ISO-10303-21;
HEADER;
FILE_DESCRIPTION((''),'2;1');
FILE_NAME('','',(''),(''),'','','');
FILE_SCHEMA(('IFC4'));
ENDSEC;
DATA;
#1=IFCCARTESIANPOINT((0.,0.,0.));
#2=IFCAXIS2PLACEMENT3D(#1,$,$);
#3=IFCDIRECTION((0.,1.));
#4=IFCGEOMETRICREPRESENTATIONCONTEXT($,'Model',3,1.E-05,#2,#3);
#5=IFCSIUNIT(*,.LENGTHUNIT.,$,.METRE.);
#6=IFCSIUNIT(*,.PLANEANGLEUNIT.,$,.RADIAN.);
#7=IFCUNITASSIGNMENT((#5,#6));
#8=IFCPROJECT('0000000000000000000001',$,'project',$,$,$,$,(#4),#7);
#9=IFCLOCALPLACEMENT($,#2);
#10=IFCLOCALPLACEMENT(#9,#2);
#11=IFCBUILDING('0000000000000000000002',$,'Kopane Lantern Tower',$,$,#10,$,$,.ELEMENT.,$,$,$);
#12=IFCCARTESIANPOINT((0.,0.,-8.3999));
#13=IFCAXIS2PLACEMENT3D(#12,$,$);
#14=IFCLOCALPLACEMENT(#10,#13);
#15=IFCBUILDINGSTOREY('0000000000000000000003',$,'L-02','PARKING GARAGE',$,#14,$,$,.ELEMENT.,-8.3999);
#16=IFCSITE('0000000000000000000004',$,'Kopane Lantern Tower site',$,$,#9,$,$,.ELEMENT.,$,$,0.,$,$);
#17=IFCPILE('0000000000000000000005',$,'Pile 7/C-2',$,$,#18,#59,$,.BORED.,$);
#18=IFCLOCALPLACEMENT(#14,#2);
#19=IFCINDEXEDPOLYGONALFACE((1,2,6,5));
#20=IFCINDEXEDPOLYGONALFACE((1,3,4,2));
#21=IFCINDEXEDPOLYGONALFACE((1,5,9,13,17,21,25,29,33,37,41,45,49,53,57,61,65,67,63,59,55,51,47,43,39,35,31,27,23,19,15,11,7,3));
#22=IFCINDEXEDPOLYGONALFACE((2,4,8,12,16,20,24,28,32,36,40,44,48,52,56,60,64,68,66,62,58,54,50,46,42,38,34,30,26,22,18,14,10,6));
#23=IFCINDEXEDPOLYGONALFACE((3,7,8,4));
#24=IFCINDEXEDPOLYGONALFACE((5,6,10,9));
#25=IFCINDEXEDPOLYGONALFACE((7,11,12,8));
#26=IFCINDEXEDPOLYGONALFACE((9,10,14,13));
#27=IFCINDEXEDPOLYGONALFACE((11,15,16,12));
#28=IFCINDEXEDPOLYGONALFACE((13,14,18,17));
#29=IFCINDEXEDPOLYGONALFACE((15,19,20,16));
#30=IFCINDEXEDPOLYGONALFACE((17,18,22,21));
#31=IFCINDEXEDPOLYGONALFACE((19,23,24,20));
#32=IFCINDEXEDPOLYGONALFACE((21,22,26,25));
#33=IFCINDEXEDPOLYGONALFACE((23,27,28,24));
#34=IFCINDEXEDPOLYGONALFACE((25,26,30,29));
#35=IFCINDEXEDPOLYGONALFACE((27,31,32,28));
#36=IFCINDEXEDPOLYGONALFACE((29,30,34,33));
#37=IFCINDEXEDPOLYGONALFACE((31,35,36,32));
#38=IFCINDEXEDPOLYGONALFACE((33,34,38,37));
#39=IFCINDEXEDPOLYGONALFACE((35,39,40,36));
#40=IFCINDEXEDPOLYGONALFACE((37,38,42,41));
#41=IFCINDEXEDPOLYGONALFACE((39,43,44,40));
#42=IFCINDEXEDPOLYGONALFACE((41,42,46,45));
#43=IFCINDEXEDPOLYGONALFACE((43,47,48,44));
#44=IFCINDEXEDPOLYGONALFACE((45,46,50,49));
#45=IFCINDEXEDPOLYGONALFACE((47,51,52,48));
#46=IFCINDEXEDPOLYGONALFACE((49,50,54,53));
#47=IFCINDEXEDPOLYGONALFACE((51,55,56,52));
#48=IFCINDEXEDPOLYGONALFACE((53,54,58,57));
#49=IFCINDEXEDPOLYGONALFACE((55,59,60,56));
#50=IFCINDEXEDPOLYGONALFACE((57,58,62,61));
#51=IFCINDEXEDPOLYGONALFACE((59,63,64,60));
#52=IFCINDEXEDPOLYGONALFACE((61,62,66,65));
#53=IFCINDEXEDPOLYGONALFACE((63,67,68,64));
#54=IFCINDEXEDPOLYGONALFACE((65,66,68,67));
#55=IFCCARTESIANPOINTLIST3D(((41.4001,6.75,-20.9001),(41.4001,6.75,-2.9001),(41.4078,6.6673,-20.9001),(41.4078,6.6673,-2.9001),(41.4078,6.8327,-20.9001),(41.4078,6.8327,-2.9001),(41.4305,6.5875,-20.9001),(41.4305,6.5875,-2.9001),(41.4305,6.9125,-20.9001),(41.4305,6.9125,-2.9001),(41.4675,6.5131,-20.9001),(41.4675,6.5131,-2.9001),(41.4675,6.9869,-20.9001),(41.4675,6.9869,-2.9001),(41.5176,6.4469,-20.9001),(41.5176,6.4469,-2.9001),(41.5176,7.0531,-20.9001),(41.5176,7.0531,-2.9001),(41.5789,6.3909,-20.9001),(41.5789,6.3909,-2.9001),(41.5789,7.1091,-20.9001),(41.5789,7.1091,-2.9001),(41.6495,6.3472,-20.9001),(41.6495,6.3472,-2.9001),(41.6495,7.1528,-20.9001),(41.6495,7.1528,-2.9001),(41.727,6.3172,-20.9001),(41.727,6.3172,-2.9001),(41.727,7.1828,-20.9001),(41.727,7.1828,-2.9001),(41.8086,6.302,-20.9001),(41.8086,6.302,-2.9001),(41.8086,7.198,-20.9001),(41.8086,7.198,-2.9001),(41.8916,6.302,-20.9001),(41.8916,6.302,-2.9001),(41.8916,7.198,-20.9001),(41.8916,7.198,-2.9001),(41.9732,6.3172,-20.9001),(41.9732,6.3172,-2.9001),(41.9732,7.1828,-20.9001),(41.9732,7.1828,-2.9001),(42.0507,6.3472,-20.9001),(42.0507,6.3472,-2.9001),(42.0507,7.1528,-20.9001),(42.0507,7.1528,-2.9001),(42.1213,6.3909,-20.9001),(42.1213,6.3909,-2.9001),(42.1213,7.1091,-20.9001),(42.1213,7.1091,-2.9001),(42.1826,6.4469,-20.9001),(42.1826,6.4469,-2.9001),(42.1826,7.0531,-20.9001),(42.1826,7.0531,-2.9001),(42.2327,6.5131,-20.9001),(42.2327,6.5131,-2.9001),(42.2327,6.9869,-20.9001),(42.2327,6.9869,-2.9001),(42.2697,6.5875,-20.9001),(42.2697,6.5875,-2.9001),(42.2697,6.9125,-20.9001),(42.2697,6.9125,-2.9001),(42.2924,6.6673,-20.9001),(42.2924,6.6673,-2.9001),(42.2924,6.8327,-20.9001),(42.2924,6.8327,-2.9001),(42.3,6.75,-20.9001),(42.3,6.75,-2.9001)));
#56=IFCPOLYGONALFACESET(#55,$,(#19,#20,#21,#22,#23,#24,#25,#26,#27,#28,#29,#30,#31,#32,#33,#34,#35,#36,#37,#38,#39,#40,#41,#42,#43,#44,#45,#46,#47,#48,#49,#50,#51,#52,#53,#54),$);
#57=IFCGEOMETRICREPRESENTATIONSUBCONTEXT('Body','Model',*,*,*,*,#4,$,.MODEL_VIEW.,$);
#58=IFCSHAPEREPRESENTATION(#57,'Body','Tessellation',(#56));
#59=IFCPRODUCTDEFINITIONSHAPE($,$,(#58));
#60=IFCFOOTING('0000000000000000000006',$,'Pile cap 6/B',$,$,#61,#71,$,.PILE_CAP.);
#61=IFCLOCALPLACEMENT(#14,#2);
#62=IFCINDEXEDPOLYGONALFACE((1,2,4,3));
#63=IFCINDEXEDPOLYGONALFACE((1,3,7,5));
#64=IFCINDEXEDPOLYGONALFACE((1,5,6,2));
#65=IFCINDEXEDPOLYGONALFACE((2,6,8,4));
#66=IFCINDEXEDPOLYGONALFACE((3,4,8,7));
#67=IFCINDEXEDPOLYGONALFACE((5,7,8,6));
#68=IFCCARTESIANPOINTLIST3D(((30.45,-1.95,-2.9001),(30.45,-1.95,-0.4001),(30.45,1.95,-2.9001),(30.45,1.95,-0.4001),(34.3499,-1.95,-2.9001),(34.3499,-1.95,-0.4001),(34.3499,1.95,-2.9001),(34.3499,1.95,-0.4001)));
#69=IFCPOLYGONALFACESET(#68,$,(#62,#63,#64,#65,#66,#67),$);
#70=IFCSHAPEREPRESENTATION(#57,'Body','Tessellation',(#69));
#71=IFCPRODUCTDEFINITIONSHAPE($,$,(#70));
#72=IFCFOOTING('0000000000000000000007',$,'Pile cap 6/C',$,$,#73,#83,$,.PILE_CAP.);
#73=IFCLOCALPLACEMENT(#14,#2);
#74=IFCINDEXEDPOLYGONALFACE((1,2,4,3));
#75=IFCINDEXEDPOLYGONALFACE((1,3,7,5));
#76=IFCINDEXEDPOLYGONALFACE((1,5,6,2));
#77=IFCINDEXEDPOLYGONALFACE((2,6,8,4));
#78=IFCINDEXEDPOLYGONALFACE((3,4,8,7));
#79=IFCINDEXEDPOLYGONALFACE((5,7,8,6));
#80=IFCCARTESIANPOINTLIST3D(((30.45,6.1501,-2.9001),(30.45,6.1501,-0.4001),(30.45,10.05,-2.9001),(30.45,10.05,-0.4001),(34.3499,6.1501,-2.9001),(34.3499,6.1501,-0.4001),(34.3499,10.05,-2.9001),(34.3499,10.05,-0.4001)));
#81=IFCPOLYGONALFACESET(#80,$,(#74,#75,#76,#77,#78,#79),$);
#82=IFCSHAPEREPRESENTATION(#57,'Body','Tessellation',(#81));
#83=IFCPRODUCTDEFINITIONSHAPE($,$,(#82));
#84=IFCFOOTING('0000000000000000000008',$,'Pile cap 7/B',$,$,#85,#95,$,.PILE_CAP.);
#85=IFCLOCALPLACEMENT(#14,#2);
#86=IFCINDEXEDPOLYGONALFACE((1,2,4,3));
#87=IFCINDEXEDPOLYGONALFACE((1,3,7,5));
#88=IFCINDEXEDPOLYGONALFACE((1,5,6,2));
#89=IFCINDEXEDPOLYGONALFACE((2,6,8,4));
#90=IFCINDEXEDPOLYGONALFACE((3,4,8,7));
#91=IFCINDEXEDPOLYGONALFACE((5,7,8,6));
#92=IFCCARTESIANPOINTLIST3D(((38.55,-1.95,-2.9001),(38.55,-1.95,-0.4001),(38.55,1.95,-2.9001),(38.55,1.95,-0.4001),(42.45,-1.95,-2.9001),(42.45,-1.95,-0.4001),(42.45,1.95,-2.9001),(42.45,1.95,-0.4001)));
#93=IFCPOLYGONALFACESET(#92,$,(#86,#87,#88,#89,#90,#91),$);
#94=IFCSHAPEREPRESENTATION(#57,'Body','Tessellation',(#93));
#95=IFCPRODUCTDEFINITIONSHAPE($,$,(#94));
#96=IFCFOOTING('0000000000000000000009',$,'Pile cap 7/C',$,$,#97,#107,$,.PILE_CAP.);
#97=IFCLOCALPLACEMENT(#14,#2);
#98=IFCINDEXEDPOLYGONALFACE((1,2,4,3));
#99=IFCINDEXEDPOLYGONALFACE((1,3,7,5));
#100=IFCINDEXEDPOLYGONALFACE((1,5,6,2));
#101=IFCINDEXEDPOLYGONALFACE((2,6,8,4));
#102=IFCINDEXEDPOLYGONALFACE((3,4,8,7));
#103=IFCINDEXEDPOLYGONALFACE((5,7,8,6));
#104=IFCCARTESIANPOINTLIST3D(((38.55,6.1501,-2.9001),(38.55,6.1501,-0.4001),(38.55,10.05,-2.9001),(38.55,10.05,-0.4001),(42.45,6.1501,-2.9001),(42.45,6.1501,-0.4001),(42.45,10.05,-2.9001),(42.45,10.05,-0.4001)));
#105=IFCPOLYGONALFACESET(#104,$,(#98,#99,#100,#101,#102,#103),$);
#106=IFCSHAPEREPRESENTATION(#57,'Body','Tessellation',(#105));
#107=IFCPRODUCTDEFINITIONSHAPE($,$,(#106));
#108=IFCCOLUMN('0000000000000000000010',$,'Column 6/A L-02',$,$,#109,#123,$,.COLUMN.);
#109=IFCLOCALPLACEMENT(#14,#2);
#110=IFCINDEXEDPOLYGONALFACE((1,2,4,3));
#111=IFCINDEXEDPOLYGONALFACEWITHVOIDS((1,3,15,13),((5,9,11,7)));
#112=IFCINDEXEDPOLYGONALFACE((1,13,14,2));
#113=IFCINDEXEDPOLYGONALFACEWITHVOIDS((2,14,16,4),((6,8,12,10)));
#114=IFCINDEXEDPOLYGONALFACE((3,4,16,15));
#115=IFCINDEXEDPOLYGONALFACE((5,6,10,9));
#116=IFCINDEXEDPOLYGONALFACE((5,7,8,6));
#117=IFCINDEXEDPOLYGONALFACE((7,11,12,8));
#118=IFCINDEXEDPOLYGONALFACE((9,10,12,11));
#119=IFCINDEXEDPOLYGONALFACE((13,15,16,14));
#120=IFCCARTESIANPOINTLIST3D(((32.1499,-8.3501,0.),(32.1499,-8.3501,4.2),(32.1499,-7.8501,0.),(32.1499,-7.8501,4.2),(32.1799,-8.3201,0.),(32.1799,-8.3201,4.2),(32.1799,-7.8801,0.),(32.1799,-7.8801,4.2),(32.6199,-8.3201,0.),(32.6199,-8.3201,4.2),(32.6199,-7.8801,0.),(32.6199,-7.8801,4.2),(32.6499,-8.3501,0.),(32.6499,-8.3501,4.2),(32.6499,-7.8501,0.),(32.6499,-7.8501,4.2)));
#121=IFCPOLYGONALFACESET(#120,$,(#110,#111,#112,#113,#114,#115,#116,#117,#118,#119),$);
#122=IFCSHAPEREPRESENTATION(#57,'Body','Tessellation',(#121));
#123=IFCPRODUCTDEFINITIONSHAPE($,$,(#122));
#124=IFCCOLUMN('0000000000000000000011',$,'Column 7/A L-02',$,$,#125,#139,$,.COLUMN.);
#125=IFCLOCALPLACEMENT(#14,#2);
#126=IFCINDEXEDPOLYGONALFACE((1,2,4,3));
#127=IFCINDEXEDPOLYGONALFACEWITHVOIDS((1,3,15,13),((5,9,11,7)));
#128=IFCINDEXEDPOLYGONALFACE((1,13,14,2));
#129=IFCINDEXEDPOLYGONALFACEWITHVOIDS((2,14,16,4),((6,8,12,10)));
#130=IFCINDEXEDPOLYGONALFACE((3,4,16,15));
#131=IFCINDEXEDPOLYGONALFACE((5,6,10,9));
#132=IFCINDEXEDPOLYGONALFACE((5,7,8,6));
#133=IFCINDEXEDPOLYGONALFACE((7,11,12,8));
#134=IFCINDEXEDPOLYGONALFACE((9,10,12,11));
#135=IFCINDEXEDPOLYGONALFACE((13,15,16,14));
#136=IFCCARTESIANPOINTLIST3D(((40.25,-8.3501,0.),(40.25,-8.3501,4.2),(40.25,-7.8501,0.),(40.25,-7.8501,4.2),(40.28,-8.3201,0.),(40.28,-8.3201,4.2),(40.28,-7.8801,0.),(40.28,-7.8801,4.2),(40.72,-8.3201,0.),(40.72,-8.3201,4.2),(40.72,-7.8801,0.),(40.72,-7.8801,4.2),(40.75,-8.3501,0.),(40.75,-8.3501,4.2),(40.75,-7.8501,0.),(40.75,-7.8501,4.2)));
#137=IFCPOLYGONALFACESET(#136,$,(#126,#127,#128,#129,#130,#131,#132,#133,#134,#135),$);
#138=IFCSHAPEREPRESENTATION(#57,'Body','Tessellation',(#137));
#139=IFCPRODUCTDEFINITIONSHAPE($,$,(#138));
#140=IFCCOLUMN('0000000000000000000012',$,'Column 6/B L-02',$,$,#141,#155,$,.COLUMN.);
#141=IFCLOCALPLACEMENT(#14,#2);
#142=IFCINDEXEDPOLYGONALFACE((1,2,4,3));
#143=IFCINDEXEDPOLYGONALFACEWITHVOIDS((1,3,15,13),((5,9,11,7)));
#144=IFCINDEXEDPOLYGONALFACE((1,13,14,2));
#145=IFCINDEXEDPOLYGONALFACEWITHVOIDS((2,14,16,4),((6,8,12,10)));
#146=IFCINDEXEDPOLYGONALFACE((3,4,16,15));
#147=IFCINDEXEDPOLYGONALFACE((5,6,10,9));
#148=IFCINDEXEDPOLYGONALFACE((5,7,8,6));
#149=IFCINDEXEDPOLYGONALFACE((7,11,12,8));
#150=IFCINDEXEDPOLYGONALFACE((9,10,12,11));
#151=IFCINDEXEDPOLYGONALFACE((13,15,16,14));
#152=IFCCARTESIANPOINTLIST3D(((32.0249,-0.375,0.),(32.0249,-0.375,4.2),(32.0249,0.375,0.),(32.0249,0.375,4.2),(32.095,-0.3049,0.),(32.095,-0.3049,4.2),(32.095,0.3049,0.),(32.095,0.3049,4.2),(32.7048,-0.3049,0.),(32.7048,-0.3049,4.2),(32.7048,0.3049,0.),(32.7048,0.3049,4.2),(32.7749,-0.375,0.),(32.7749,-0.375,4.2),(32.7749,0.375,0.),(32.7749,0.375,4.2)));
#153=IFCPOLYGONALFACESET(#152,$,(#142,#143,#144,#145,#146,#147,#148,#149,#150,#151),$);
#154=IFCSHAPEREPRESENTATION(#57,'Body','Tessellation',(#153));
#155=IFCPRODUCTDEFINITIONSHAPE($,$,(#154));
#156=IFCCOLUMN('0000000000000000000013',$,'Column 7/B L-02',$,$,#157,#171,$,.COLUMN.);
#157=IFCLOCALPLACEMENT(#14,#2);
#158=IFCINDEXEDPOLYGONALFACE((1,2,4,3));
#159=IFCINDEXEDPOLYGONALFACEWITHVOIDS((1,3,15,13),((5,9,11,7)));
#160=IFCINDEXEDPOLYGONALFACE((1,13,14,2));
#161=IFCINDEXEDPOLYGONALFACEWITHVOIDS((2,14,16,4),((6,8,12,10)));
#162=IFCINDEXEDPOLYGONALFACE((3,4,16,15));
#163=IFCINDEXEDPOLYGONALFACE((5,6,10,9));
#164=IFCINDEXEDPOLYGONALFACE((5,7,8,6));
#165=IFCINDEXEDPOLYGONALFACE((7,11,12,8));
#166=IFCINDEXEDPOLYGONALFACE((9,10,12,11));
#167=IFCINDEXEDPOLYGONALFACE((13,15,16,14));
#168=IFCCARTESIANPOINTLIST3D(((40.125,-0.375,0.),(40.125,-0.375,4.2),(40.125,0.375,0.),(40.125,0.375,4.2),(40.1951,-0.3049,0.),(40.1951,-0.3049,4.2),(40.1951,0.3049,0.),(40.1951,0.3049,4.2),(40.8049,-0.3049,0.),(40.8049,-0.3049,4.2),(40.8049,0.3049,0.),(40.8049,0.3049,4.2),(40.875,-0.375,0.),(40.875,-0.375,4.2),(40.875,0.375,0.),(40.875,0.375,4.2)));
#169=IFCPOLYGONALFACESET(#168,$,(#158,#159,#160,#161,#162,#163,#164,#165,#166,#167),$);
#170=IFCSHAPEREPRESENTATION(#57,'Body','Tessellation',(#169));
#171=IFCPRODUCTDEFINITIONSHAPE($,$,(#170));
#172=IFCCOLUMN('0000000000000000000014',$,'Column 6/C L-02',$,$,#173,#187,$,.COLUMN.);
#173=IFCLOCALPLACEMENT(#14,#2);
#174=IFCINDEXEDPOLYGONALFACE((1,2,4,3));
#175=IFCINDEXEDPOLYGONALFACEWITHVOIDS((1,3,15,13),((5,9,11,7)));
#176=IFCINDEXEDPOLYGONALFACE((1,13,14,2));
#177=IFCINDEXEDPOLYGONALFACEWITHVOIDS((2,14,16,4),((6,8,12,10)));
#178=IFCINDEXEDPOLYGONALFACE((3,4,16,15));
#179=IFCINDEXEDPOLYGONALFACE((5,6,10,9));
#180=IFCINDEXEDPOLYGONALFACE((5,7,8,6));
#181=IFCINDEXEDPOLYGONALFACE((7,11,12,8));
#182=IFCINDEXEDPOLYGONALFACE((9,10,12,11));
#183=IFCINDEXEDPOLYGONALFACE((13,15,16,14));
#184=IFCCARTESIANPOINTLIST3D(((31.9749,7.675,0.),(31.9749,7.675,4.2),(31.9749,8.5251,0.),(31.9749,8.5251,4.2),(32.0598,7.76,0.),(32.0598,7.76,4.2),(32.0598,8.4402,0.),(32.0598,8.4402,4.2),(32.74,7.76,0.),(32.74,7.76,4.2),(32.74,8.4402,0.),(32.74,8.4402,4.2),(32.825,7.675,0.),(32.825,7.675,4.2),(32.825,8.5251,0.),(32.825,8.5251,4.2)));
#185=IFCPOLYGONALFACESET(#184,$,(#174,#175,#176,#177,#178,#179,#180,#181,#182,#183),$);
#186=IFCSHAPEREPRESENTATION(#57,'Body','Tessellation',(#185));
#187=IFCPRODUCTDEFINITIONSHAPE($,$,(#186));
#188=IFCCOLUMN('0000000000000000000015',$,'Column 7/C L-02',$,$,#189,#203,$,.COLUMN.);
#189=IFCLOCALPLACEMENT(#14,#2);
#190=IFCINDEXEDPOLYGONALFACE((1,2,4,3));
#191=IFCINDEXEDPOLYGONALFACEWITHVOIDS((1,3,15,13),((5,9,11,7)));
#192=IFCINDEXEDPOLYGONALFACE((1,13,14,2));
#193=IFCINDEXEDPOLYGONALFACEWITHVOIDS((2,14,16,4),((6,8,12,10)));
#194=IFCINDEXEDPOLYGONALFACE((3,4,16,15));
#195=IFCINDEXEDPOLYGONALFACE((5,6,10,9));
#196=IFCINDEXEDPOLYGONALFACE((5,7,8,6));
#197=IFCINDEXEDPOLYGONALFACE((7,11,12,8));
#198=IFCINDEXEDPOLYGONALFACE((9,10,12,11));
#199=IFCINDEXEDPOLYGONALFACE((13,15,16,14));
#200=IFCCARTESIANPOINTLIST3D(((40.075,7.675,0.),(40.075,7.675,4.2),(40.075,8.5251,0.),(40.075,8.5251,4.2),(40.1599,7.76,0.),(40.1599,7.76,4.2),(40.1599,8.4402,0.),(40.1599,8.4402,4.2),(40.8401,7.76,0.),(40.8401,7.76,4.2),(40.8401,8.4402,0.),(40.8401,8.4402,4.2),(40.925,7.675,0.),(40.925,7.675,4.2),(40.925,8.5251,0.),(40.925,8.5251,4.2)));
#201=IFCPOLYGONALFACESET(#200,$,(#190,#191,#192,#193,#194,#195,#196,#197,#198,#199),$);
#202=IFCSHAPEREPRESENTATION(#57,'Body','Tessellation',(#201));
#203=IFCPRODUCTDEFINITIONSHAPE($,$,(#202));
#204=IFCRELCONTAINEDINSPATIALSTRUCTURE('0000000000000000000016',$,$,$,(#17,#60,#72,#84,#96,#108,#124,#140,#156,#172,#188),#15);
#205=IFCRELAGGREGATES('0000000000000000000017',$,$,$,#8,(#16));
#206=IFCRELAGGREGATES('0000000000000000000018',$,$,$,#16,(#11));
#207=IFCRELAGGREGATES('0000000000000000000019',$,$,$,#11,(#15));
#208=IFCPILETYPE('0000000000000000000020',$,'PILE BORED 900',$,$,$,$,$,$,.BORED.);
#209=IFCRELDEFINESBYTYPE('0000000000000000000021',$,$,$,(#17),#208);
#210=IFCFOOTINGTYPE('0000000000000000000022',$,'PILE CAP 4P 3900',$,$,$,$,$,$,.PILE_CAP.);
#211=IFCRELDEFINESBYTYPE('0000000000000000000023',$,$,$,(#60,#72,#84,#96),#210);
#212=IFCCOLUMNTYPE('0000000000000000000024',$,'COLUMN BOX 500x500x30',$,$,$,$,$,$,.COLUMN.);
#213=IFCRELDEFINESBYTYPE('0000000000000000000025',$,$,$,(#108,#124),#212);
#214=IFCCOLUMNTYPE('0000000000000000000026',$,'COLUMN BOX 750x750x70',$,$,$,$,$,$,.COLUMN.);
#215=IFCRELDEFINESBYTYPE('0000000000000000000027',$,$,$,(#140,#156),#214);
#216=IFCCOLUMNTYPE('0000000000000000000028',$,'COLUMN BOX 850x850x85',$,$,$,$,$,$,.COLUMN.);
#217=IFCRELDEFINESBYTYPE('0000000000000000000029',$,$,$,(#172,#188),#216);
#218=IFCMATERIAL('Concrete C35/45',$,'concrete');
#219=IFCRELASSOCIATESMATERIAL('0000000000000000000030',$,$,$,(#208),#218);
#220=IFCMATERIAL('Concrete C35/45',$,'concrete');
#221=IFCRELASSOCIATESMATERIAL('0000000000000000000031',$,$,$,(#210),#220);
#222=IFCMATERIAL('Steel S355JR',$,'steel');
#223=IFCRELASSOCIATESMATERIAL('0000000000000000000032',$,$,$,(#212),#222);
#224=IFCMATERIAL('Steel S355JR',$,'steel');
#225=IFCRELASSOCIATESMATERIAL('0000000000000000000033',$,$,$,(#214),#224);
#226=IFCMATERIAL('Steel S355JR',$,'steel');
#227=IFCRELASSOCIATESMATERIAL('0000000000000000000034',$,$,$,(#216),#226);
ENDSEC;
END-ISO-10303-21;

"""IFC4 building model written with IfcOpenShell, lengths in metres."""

from ifc_helpers import new_model, si_unit, direction, frame, origin, origin_2d, place, context, subcontext, project, spatial, rectangle, hollow_rectangle, circle, extrude, material, material_profile, profile_set, type_object, element, save


model = new_model("IFC4")

# Units and contexts
model_context = context("Model", 3, precision=1e-05, world=origin(), true_north=direction((0.0, 1.0)))
body_context = subcontext(model_context, "Body", "Model", "MODEL_VIEW")
ifc_project = project(units=[si_unit("LENGTHUNIT", "METRE"), si_unit("PLANEANGLEUNIT", "RADIAN")], contexts=[model_context])

# Site, building, storey
site_placement = place(None, origin())
site = spatial("IfcSite", under=ifc_project, at=site_placement, Name="Kopane Lantern Tower site", CompositionType="ELEMENT", RefElevation=0.0)
building_placement = place(site_placement, origin())
building = spatial("IfcBuilding", under=site, at=building_placement, Name="Kopane Lantern Tower", CompositionType="ELEMENT")
storey_placement = place(building_placement, frame((0.0, 0.0, -8.3999)))
storey = spatial("IfcBuildingStorey", under=building, at=storey_placement, Name="L-02", Description="PARKING GARAGE", CompositionType="ELEMENT", Elevation=-8.3999)

# Pile
ifc_material_1 = material(Name="Concrete C35/45", Category="concrete")
ifc_material_profile_1 = material_profile(ifc_material_1, circle(Radius=0.45, at=origin_2d()), Name="D900")
ifc_profile_set_1 = profile_set([ifc_material_profile_1], Name="Concrete C35/45")
pile_type = type_object("IfcPileType", Name="PILE BORED 900", PredefinedType="BORED", material=ifc_profile_set_1)
for number, where, z_axis, x_axis, name in (
    (1, (41.8501, 6.75, -2.9001), (0.0, 0.0, -1.0), (1.0, 0.0, 0.0), "Pile 7/C-2"),
):
    element("IfcPile", number, at=place(storey_placement, frame(where, z_axis=z_axis, x_axis=x_axis)), inside=storey, type_object=pile_type, Name=name, PredefinedType="BORED", context=body_context, shape_type="SweptSolid", body=[
        extrude(circle(Radius=0.45, at=origin_2d()), origin(), (0.0, 0.0, 1.0), 18.0),
    ])

# Footings
ifc_material_2 = material(Name="Concrete C35/45", Category="concrete")
footing_type_1 = type_object("IfcFootingType", Name="PILE CAP 4P 3900", PredefinedType="PILE_CAP", material=ifc_material_2)
for number, where, z_axis, x_axis, name in (
    (2, (32.3999, 0.0, -2.9001), (0.0, 0.0, 1.0), (1.0, 0.0, 0.0), "Pile cap 6/B"),
    (3, (32.3999, 8.1001, -2.9001), (0.0, 0.0, 1.0), (1.0, 0.0, 0.0), "Pile cap 6/C"),
    (4, (40.5, 0.0, -2.9001), (0.0, 0.0, 1.0), (1.0, 0.0, 0.0), "Pile cap 7/B"),
    (5, (40.5, 8.1001, -2.9001), (0.0, 0.0, 1.0), (1.0, 0.0, 0.0), "Pile cap 7/C"),
):
    element("IfcFooting", number, at=place(storey_placement, frame(where, z_axis=z_axis, x_axis=x_axis)), inside=storey, type_object=footing_type_1, Name=name, PredefinedType="PILE_CAP", context=body_context, shape_type="SweptSolid", body=[
        extrude(rectangle(XDim=3.8999, YDim=3.8999, at=origin_2d()), origin(), (0.0, 0.0, 1.0), 2.5),
    ])

# Columns
ifc_material_3 = material(Name="Steel S355JR", Category="steel")
ifc_material_profile_2 = material_profile(ifc_material_3, hollow_rectangle(XDim=0.5, YDim=0.5, WallThickness=0.03, at=origin_2d()), Name="BOX 500x500x30")
ifc_profile_set_2 = profile_set([ifc_material_profile_2], Name="Steel S355JR")
column_type_1 = type_object("IfcColumnType", Name="COLUMN BOX 500x500x30", PredefinedType="COLUMN", material=ifc_profile_set_2)
for number, where, z_axis, x_axis, name in (
    (6, (32.3999, -8.1001, 0.0), (0.0, 0.0, 1.0), (1.0, 0.0, 0.0), "Column 6/A L-02"),
    (7, (40.5, -8.1001, 0.0), (0.0, 0.0, 1.0), (1.0, 0.0, 0.0), "Column 7/A L-02"),
):
    element("IfcColumn", number, at=place(storey_placement, frame(where, z_axis=z_axis, x_axis=x_axis)), inside=storey, type_object=column_type_1, Name=name, PredefinedType="COLUMN", context=body_context, shape_type="SweptSolid", body=[
        extrude(hollow_rectangle(XDim=0.5, YDim=0.5, WallThickness=0.03, at=origin_2d()), origin(), (0.0, 0.0, 1.0), 4.2),
    ])
ifc_material_4 = material(Name="Steel S355JR", Category="steel")
ifc_material_profile_3 = material_profile(ifc_material_4, hollow_rectangle(XDim=0.75, YDim=0.75, WallThickness=0.0701, at=origin_2d()), Name="BOX 750x750x70")
ifc_profile_set_3 = profile_set([ifc_material_profile_3], Name="Steel S355JR")
column_type_2 = type_object("IfcColumnType", Name="COLUMN BOX 750x750x70", PredefinedType="COLUMN", material=ifc_profile_set_3)
for number, where, z_axis, x_axis, name in (
    (8, (32.3999, 0.0, 0.0), (0.0, 0.0, 1.0), (1.0, 0.0, 0.0), "Column 6/B L-02"),
    (9, (40.5, 0.0, 0.0), (0.0, 0.0, 1.0), (1.0, 0.0, 0.0), "Column 7/B L-02"),
):
    element("IfcColumn", number, at=place(storey_placement, frame(where, z_axis=z_axis, x_axis=x_axis)), inside=storey, type_object=column_type_2, Name=name, PredefinedType="COLUMN", context=body_context, shape_type="SweptSolid", body=[
        extrude(hollow_rectangle(XDim=0.75, YDim=0.75, WallThickness=0.0701, at=origin_2d()), origin(), (0.0, 0.0, 1.0), 4.2),
    ])
ifc_material_5 = material(Name="Steel S355JR", Category="steel")
ifc_material_profile_4 = material_profile(ifc_material_5, hollow_rectangle(XDim=0.8501, YDim=0.8501, WallThickness=0.085, at=origin_2d()), Name="BOX 850x850x85")
ifc_profile_set_4 = profile_set([ifc_material_profile_4], Name="Steel S355JR")
column_type_3 = type_object("IfcColumnType", Name="COLUMN BOX 850x850x85", PredefinedType="COLUMN", material=ifc_profile_set_4)
for number, where, z_axis, x_axis, name in (
    (10, (32.3999, 8.1001, 0.0), (0.0, 0.0, 1.0), (1.0, 0.0, 0.0), "Column 6/C L-02"),
    (11, (40.5, 8.1001, 0.0), (0.0, 0.0, 1.0), (1.0, 0.0, 0.0), "Column 7/C L-02"),
):
    element("IfcColumn", number, at=place(storey_placement, frame(where, z_axis=z_axis, x_axis=x_axis)), inside=storey, type_object=column_type_3, Name=name, PredefinedType="COLUMN", context=body_context, shape_type="SweptSolid", body=[
        extrude(hollow_rectangle(XDim=0.8501, YDim=0.8501, WallThickness=0.085, at=origin_2d()), origin(), (0.0, 0.0, 1.0), 4.2),
    ])

save(model, "model.ifc")
